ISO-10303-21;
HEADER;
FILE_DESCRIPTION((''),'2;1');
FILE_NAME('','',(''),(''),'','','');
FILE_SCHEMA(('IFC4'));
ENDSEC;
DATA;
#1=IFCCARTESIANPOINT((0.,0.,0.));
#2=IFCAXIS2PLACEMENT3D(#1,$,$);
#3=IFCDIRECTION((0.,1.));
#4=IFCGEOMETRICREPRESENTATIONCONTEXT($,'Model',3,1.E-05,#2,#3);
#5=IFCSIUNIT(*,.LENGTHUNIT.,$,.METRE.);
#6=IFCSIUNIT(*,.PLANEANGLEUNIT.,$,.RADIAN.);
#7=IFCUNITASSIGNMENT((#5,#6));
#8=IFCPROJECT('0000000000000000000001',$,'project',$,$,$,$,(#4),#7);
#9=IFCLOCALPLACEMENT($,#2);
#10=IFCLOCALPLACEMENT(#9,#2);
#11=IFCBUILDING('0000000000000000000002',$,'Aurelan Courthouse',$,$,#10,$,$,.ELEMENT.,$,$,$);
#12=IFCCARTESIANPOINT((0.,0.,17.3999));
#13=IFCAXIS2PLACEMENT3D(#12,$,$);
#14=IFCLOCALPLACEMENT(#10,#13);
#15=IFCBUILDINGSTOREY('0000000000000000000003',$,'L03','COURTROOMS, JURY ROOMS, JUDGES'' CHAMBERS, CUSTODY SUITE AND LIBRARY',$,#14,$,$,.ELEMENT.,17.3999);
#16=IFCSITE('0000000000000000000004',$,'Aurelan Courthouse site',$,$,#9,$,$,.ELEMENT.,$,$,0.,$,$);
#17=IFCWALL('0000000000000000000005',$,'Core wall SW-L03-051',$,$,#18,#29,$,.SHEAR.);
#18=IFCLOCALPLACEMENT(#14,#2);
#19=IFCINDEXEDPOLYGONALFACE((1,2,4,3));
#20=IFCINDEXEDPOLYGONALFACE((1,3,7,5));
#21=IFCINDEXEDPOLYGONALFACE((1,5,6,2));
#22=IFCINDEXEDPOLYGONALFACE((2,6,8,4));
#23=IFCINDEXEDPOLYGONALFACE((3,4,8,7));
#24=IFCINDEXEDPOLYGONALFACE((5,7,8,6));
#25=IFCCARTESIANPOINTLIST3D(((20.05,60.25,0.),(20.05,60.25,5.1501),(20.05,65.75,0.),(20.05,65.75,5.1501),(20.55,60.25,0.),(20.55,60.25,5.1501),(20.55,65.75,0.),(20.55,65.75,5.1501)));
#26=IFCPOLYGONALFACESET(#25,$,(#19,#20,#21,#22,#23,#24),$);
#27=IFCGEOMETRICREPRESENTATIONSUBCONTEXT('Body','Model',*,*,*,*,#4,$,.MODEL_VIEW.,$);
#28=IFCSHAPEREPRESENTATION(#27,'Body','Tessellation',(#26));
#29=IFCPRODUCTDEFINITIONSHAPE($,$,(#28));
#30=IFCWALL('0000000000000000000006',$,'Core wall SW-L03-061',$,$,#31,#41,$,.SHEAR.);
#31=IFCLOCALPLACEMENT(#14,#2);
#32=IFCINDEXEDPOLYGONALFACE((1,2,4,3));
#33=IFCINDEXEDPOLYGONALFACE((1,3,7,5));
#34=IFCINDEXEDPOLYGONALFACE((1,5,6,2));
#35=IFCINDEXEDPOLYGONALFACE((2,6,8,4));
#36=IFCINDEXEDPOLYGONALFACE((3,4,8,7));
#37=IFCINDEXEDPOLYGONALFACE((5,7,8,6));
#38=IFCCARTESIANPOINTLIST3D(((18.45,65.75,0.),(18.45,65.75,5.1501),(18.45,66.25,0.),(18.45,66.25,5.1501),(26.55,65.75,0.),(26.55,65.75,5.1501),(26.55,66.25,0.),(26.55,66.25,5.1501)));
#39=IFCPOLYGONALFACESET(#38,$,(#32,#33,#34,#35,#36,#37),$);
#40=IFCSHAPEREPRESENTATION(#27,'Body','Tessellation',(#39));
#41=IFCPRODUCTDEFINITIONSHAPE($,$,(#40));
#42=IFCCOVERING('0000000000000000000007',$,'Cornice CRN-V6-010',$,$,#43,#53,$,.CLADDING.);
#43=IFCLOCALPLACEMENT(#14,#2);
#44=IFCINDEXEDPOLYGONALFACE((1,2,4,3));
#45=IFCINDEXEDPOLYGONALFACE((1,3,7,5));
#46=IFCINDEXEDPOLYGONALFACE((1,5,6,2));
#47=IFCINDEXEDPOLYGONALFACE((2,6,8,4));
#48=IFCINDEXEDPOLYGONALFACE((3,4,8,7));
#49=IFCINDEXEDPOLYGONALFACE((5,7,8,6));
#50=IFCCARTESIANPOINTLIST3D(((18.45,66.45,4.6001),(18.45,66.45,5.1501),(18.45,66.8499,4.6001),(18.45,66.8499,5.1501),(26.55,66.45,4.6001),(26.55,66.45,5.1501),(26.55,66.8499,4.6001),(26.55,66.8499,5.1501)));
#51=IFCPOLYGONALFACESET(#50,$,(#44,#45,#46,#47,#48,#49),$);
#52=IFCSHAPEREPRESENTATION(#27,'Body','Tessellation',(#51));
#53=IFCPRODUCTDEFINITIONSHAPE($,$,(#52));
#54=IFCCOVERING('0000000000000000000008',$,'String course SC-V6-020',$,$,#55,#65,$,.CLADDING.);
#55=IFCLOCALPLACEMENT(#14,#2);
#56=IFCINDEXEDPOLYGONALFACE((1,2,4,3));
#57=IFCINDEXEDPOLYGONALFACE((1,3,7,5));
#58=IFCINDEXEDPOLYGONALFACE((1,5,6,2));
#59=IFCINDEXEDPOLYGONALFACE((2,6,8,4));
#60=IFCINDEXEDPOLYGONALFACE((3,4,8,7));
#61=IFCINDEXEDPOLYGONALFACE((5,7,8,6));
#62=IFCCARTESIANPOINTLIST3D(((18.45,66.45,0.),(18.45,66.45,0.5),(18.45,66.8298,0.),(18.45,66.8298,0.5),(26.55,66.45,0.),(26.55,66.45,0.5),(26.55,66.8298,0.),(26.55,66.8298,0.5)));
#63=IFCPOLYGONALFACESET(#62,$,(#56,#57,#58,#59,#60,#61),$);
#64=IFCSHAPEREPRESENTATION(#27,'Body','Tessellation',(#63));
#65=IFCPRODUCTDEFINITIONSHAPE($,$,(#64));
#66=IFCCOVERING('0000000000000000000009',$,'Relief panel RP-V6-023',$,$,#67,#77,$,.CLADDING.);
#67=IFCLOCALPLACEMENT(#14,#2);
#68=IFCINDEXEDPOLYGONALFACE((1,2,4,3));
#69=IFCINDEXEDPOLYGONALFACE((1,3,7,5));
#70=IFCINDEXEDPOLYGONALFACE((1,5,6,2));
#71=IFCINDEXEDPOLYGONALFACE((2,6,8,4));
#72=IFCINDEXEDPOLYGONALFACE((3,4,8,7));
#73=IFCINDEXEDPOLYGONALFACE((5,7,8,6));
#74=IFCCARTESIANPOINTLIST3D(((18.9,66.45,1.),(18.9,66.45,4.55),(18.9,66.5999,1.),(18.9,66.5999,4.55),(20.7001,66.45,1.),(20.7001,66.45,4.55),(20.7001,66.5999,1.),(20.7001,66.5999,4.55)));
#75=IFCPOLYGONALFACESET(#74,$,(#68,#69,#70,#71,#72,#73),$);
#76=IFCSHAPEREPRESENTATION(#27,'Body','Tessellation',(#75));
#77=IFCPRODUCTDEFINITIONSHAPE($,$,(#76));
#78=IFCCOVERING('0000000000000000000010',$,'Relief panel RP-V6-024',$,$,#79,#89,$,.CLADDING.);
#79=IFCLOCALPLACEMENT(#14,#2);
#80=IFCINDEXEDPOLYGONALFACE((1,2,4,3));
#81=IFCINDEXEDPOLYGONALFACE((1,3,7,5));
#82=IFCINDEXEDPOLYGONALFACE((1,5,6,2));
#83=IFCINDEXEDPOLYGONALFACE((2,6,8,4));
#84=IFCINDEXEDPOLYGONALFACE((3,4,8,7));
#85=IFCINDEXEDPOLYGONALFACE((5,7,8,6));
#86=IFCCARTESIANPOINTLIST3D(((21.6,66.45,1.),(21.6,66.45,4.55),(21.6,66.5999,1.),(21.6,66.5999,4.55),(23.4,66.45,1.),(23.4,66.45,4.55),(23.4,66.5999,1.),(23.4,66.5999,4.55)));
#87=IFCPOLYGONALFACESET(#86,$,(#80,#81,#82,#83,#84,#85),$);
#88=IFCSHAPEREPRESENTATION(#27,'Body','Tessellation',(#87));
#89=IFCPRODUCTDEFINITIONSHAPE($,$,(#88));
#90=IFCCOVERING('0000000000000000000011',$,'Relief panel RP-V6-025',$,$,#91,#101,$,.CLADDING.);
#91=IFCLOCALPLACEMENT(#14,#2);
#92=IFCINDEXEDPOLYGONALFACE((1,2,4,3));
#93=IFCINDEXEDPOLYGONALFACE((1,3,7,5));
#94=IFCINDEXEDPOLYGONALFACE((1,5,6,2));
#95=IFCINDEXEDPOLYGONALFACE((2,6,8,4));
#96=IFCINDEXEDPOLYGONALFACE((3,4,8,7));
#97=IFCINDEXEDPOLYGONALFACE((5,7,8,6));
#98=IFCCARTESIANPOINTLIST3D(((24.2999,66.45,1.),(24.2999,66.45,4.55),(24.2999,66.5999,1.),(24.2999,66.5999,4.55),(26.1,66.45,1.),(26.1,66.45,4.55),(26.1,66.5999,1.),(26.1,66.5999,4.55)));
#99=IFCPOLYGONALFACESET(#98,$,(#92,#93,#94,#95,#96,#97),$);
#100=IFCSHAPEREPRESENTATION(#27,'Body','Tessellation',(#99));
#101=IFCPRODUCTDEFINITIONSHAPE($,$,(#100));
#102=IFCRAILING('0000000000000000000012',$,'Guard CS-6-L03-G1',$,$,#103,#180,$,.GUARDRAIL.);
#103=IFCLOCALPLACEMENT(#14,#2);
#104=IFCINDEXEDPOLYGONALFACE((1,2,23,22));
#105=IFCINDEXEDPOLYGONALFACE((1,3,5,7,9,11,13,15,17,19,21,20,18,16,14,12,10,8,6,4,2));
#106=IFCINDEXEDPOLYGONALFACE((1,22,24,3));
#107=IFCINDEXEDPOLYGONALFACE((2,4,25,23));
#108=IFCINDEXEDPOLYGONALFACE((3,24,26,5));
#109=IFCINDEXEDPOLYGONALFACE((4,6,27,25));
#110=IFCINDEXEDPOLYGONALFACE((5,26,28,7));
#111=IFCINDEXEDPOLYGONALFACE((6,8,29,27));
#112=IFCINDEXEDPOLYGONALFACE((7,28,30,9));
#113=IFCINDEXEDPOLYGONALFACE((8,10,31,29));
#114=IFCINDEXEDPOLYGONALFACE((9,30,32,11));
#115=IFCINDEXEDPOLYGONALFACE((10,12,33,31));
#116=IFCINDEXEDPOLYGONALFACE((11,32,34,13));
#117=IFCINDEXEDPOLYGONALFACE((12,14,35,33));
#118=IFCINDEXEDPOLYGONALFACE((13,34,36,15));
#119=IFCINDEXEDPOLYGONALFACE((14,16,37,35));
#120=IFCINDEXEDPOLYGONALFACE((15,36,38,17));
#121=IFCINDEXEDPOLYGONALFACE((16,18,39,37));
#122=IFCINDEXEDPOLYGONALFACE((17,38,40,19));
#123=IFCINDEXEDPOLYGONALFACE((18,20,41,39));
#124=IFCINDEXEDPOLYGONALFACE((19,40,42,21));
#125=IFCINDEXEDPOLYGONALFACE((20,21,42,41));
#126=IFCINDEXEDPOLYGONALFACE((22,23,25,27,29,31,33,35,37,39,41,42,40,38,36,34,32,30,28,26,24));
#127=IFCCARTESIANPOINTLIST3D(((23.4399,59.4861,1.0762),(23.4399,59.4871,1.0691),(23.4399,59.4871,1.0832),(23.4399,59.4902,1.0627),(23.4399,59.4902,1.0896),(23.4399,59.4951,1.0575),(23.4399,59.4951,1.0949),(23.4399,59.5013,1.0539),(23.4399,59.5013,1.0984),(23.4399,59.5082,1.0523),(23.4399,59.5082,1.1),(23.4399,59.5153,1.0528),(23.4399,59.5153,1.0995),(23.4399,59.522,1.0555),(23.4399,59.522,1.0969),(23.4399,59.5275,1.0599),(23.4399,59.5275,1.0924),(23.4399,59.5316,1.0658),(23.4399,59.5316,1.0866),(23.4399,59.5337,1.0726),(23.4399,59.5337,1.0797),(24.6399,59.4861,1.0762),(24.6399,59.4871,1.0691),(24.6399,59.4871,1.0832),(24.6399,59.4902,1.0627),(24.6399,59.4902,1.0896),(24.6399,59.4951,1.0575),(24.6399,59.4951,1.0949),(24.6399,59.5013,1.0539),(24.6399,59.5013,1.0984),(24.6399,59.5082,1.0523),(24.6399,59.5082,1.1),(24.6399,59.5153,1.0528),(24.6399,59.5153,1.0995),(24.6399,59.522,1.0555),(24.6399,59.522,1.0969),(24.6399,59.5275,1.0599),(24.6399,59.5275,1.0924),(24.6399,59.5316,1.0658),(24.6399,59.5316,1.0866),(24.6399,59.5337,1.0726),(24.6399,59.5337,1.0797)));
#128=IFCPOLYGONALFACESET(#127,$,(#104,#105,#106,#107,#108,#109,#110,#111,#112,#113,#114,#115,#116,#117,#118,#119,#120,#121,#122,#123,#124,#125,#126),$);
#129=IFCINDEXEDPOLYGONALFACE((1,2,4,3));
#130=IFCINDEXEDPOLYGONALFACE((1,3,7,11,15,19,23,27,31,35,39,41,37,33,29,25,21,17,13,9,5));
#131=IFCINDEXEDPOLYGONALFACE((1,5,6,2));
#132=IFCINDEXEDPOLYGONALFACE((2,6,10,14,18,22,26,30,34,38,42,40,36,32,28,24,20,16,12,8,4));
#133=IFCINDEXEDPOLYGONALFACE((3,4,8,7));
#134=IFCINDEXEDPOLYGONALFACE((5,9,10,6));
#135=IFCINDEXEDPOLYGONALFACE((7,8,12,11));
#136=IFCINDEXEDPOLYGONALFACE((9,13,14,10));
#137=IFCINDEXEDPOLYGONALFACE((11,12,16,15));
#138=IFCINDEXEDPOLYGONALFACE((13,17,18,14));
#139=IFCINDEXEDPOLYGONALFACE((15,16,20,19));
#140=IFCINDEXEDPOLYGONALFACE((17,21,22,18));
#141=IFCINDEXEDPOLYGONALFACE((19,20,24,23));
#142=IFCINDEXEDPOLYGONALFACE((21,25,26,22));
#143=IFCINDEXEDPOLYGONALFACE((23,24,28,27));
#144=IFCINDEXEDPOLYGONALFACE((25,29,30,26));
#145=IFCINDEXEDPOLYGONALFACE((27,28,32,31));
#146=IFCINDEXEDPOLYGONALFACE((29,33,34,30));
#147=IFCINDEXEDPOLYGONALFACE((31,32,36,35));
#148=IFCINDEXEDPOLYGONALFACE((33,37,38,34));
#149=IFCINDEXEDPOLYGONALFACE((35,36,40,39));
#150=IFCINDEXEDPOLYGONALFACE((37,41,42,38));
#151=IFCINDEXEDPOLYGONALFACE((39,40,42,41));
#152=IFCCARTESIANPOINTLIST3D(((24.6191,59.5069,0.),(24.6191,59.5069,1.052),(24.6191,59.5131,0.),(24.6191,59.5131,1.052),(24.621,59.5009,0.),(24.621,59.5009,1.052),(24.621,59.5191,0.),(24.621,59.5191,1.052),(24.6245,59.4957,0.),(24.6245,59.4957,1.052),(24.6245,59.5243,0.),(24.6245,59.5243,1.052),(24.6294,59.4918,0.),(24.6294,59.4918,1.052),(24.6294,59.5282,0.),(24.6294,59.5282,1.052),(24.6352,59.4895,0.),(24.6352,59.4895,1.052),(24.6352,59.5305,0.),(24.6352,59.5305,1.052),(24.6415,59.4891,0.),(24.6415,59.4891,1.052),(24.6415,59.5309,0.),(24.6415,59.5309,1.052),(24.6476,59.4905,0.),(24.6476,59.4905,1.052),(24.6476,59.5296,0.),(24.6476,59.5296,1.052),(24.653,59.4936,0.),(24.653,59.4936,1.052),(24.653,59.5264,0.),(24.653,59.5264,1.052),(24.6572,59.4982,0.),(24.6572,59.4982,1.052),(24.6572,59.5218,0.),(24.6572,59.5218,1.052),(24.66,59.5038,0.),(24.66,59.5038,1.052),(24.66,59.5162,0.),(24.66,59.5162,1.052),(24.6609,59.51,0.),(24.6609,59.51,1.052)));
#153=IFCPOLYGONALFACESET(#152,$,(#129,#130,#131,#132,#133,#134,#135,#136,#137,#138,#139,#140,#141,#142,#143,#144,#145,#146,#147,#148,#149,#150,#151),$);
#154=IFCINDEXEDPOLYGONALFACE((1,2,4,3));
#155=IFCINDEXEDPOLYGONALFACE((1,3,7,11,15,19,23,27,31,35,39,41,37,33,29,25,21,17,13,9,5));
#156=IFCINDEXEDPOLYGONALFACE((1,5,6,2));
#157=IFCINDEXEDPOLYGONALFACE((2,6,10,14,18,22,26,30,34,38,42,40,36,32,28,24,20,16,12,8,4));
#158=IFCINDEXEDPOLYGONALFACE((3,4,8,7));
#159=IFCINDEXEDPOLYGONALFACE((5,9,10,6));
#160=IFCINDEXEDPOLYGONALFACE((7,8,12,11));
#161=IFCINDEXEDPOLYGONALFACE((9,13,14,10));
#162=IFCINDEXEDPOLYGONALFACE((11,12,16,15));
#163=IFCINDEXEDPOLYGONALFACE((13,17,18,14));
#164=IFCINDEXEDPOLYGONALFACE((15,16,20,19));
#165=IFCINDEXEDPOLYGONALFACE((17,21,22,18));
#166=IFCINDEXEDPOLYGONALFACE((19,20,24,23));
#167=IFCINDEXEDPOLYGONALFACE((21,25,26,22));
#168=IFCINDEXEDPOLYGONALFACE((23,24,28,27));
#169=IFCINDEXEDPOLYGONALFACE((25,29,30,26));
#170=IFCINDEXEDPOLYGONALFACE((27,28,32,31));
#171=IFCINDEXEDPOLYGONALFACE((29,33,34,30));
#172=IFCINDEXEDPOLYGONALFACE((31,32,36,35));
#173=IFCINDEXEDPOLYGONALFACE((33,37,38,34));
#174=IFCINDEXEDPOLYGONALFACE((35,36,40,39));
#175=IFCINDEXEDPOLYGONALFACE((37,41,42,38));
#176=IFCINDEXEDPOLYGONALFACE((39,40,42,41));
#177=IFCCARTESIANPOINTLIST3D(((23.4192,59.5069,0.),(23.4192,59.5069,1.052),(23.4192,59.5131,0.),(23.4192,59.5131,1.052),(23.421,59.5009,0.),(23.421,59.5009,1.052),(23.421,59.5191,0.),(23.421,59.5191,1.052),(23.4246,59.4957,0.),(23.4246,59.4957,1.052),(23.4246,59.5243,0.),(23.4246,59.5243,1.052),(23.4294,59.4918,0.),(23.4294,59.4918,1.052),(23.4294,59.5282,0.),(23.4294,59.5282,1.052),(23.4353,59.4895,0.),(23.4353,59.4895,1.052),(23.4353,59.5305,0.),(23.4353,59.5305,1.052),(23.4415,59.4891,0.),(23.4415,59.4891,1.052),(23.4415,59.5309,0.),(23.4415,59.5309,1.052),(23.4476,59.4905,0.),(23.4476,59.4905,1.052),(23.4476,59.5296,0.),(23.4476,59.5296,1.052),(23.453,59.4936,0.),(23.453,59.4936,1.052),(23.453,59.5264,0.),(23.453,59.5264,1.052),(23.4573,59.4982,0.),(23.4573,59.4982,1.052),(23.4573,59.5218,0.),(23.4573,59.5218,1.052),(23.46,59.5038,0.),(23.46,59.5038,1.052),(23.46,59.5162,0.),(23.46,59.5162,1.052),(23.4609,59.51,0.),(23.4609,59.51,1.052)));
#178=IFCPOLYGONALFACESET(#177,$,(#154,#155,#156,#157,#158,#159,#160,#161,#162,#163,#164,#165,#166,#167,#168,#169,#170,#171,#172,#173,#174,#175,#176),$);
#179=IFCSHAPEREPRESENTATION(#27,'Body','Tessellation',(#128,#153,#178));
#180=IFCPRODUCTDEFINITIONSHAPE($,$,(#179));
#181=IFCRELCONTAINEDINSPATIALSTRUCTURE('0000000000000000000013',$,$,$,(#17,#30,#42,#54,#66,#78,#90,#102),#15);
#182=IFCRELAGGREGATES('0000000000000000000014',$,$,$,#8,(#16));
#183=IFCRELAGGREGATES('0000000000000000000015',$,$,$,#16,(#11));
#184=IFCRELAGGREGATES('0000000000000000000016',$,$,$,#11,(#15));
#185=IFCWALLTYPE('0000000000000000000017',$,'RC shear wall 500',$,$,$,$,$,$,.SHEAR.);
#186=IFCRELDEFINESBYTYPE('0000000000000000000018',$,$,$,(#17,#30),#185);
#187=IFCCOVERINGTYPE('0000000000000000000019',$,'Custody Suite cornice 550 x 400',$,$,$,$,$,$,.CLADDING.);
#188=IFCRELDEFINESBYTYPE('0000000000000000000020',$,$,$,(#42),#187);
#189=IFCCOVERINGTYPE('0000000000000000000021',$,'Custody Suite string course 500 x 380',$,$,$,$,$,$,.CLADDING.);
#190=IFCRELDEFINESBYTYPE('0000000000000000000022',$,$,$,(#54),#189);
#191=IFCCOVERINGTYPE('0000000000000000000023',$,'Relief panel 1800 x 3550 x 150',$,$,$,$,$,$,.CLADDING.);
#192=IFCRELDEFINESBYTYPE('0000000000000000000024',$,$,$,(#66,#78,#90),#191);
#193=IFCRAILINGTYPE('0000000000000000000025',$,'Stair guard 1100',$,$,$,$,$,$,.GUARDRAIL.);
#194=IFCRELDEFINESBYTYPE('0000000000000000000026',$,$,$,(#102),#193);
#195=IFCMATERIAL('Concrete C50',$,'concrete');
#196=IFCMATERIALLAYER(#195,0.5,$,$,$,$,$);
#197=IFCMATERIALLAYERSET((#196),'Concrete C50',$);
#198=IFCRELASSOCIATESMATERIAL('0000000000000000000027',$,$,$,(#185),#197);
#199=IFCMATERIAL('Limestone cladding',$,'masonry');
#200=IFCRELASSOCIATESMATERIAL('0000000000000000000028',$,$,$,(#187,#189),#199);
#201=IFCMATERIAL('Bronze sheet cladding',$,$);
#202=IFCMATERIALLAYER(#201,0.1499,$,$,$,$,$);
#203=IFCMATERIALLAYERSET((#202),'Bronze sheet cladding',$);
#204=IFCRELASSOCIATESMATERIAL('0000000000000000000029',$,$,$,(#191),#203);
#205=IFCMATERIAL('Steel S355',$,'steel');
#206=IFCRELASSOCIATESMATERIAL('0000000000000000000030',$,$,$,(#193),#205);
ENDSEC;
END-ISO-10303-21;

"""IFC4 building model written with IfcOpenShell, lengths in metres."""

from ifc_helpers import new_model, si_unit, direction, frame, frame_2d, origin, origin_2d, place, context, subcontext, project, spatial, rectangle, circle, extrude, material, layer, layer_set, type_object, element, save


model = new_model("IFC4")

# Units and contexts
model_context = context("Model", 3, precision=1e-05, world=origin(), true_north=direction((0.0, 1.0)))
body_context = subcontext(model_context, "Body", "Model", "MODEL_VIEW")
ifc_project = project(units=[si_unit("LENGTHUNIT", "METRE"), si_unit("PLANEANGLEUNIT", "RADIAN")], contexts=[model_context])

# Site, building, storey
site_placement = place(None, origin())
site = spatial("IfcSite", under=ifc_project, at=site_placement, Name="Aurelan Courthouse site", CompositionType="ELEMENT", RefElevation=0.0)
building_placement = place(site_placement, origin())
building = spatial("IfcBuilding", under=site, at=building_placement, Name="Aurelan Courthouse", CompositionType="ELEMENT")
storey_placement = place(building_placement, frame((0.0, 0.0, 17.3999)))
storey = spatial("IfcBuildingStorey", under=building, at=storey_placement, Name="L03", Description="COURTROOMS, JURY ROOMS, JUDGES' CHAMBERS, CUSTODY SUITE AND LIBRARY", CompositionType="ELEMENT", Elevation=17.3999)

# Shared definitions
ifc_material_1 = material(Name="Steel S355", Category="steel")
ifc_material_2 = material(Name="Concrete C50", Category="concrete")

# Shared definitions
ifc_material_3 = material(Name="Limestone cladding", Category="masonry")

# Shared definitions
ifc_layer_1 = layer(ifc_material_2, 0.5)
ifc_layer_set_1 = layer_set([ifc_layer_1], Name="Concrete C50")
wall_type_1 = type_object("IfcWallType", Name="RC shear wall 500", PredefinedType="SHEAR", material=ifc_layer_set_1)

# Walls
wall_1_placement = place(storey_placement, frame((20.3, 60.25, 0.0), z_axis=(0.0, 0.0, 1.0), x_axis=(0.0, 1.0, 0.0)))
element("IfcWall", 1, at=wall_1_placement, inside=storey, type_object=wall_type_1, Name="Core wall SW-L03-051", PredefinedType="SHEAR", context=body_context, shape_type="SweptSolid", body=[
    extrude(rectangle(XDim=5.5, YDim=0.5, at=frame_2d((2.75, 0.0))), origin(), (0.0, 0.0, 1.0), 5.1501),
])
wall_2_placement = place(storey_placement, frame((18.45, 66.0, 0.0), z_axis=(0.0, 0.0, 1.0), x_axis=(1.0, 0.0, 0.0)))
element("IfcWall", 2, at=wall_2_placement, inside=storey, type_object=wall_type_1, Name="Core wall SW-L03-061", PredefinedType="SHEAR", context=body_context, shape_type="SweptSolid", body=[
    extrude(rectangle(XDim=8.1001, YDim=0.5, at=frame_2d((4.05, 0.0))), origin(), (0.0, 0.0, 1.0), 5.1501),
])

# Coverings
covering_type_1 = type_object("IfcCoveringType", Name="Custody Suite cornice 550 x 400", PredefinedType="CLADDING", material=ifc_material_3)
covering_1_placement = place(storey_placement, frame((22.5, 66.6499, 4.6001), z_axis=(0.0, 0.0, 1.0), x_axis=(1.0, 0.0, 0.0)))
element("IfcCovering", 3, at=covering_1_placement, inside=storey, type_object=covering_type_1, Name="Cornice CRN-V6-010", PredefinedType="CLADDING", context=body_context, shape_type="SweptSolid", body=[
    extrude(rectangle(XDim=8.1001, YDim=0.3999, at=origin_2d()), origin(), (0.0, 0.0, 1.0), 0.55),
])
covering_type_2 = type_object("IfcCoveringType", Name="Custody Suite string course 500 x 380", PredefinedType="CLADDING", material=ifc_material_3)
covering_2_placement = place(storey_placement, frame((22.5, 66.6399, 0.0), z_axis=(0.0, 0.0, 1.0), x_axis=(1.0, 0.0, 0.0)))
element("IfcCovering", 4, at=covering_2_placement, inside=storey, type_object=covering_type_2, Name="String course SC-V6-020", PredefinedType="CLADDING", context=body_context, shape_type="SweptSolid", body=[
    extrude(rectangle(XDim=8.1001, YDim=0.3799, at=origin_2d()), origin(), (0.0, 0.0, 1.0), 0.5),
])
ifc_material_4 = material(Name="Bronze sheet cladding")
ifc_layer_2 = layer(ifc_material_4, 0.1499)
ifc_layer_set_2 = layer_set([ifc_layer_2], Name="Bronze sheet cladding")
covering_type_3 = type_object("IfcCoveringType", Name="Relief panel 1800 x 3550 x 150", PredefinedType="CLADDING", material=ifc_layer_set_2)
for number, where, z_axis, x_axis, name in (
    (5, (19.8, 66.5249, 1.0), (0.0, 0.0, 1.0), (1.0, 0.0, 0.0), "Relief panel RP-V6-023"),
    (6, (22.5, 66.5249, 1.0), (0.0, 0.0, 1.0), (1.0, 0.0, 0.0), "Relief panel RP-V6-024"),
    (7, (25.2, 66.5249, 1.0), (0.0, 0.0, 1.0), (1.0, 0.0, 0.0), "Relief panel RP-V6-025"),
):
    element("IfcCovering", number, at=place(storey_placement, frame(where, z_axis=z_axis, x_axis=x_axis)), inside=storey, type_object=covering_type_3, Name=name, PredefinedType="CLADDING", context=body_context, shape_type="SweptSolid", body=[
        extrude(rectangle(XDim=1.8, YDim=0.1499, at=origin_2d()), origin(), (0.0, 0.0, 1.0), 3.55),
    ])

# Railing
railing_type = type_object("IfcRailingType", Name="Stair guard 1100", PredefinedType="GUARDRAIL", material=ifc_material_1)
railing_1_placement = place(storey_placement, frame((24.6399, 59.51, 0.0)))
element("IfcRailing", 8, at=railing_1_placement, inside=storey, type_object=railing_type, Name="Guard CS-6-L03-G1", PredefinedType="GUARDRAIL", context=body_context, shape_type="SweptSolid", body=[
    extrude(circle(Radius=0.0239, at=origin_2d()), frame((0.0, 0.0, 1.0762), z_axis=(-1.0, 0.0, 0.0), x_axis=(0.0, -1.0, 0.0)), (0.0, 0.0, 1.0), 1.2),
    extrude(circle(Radius=0.021, at=origin_2d()), origin(), (0.0, 0.0, 1.0), 1.052),
    extrude(circle(Radius=0.021, at=origin_2d()), frame((-1.2, 0.0, 0.0)), (0.0, 0.0, 1.0), 1.052),
])

save(model, "model.ifc")
